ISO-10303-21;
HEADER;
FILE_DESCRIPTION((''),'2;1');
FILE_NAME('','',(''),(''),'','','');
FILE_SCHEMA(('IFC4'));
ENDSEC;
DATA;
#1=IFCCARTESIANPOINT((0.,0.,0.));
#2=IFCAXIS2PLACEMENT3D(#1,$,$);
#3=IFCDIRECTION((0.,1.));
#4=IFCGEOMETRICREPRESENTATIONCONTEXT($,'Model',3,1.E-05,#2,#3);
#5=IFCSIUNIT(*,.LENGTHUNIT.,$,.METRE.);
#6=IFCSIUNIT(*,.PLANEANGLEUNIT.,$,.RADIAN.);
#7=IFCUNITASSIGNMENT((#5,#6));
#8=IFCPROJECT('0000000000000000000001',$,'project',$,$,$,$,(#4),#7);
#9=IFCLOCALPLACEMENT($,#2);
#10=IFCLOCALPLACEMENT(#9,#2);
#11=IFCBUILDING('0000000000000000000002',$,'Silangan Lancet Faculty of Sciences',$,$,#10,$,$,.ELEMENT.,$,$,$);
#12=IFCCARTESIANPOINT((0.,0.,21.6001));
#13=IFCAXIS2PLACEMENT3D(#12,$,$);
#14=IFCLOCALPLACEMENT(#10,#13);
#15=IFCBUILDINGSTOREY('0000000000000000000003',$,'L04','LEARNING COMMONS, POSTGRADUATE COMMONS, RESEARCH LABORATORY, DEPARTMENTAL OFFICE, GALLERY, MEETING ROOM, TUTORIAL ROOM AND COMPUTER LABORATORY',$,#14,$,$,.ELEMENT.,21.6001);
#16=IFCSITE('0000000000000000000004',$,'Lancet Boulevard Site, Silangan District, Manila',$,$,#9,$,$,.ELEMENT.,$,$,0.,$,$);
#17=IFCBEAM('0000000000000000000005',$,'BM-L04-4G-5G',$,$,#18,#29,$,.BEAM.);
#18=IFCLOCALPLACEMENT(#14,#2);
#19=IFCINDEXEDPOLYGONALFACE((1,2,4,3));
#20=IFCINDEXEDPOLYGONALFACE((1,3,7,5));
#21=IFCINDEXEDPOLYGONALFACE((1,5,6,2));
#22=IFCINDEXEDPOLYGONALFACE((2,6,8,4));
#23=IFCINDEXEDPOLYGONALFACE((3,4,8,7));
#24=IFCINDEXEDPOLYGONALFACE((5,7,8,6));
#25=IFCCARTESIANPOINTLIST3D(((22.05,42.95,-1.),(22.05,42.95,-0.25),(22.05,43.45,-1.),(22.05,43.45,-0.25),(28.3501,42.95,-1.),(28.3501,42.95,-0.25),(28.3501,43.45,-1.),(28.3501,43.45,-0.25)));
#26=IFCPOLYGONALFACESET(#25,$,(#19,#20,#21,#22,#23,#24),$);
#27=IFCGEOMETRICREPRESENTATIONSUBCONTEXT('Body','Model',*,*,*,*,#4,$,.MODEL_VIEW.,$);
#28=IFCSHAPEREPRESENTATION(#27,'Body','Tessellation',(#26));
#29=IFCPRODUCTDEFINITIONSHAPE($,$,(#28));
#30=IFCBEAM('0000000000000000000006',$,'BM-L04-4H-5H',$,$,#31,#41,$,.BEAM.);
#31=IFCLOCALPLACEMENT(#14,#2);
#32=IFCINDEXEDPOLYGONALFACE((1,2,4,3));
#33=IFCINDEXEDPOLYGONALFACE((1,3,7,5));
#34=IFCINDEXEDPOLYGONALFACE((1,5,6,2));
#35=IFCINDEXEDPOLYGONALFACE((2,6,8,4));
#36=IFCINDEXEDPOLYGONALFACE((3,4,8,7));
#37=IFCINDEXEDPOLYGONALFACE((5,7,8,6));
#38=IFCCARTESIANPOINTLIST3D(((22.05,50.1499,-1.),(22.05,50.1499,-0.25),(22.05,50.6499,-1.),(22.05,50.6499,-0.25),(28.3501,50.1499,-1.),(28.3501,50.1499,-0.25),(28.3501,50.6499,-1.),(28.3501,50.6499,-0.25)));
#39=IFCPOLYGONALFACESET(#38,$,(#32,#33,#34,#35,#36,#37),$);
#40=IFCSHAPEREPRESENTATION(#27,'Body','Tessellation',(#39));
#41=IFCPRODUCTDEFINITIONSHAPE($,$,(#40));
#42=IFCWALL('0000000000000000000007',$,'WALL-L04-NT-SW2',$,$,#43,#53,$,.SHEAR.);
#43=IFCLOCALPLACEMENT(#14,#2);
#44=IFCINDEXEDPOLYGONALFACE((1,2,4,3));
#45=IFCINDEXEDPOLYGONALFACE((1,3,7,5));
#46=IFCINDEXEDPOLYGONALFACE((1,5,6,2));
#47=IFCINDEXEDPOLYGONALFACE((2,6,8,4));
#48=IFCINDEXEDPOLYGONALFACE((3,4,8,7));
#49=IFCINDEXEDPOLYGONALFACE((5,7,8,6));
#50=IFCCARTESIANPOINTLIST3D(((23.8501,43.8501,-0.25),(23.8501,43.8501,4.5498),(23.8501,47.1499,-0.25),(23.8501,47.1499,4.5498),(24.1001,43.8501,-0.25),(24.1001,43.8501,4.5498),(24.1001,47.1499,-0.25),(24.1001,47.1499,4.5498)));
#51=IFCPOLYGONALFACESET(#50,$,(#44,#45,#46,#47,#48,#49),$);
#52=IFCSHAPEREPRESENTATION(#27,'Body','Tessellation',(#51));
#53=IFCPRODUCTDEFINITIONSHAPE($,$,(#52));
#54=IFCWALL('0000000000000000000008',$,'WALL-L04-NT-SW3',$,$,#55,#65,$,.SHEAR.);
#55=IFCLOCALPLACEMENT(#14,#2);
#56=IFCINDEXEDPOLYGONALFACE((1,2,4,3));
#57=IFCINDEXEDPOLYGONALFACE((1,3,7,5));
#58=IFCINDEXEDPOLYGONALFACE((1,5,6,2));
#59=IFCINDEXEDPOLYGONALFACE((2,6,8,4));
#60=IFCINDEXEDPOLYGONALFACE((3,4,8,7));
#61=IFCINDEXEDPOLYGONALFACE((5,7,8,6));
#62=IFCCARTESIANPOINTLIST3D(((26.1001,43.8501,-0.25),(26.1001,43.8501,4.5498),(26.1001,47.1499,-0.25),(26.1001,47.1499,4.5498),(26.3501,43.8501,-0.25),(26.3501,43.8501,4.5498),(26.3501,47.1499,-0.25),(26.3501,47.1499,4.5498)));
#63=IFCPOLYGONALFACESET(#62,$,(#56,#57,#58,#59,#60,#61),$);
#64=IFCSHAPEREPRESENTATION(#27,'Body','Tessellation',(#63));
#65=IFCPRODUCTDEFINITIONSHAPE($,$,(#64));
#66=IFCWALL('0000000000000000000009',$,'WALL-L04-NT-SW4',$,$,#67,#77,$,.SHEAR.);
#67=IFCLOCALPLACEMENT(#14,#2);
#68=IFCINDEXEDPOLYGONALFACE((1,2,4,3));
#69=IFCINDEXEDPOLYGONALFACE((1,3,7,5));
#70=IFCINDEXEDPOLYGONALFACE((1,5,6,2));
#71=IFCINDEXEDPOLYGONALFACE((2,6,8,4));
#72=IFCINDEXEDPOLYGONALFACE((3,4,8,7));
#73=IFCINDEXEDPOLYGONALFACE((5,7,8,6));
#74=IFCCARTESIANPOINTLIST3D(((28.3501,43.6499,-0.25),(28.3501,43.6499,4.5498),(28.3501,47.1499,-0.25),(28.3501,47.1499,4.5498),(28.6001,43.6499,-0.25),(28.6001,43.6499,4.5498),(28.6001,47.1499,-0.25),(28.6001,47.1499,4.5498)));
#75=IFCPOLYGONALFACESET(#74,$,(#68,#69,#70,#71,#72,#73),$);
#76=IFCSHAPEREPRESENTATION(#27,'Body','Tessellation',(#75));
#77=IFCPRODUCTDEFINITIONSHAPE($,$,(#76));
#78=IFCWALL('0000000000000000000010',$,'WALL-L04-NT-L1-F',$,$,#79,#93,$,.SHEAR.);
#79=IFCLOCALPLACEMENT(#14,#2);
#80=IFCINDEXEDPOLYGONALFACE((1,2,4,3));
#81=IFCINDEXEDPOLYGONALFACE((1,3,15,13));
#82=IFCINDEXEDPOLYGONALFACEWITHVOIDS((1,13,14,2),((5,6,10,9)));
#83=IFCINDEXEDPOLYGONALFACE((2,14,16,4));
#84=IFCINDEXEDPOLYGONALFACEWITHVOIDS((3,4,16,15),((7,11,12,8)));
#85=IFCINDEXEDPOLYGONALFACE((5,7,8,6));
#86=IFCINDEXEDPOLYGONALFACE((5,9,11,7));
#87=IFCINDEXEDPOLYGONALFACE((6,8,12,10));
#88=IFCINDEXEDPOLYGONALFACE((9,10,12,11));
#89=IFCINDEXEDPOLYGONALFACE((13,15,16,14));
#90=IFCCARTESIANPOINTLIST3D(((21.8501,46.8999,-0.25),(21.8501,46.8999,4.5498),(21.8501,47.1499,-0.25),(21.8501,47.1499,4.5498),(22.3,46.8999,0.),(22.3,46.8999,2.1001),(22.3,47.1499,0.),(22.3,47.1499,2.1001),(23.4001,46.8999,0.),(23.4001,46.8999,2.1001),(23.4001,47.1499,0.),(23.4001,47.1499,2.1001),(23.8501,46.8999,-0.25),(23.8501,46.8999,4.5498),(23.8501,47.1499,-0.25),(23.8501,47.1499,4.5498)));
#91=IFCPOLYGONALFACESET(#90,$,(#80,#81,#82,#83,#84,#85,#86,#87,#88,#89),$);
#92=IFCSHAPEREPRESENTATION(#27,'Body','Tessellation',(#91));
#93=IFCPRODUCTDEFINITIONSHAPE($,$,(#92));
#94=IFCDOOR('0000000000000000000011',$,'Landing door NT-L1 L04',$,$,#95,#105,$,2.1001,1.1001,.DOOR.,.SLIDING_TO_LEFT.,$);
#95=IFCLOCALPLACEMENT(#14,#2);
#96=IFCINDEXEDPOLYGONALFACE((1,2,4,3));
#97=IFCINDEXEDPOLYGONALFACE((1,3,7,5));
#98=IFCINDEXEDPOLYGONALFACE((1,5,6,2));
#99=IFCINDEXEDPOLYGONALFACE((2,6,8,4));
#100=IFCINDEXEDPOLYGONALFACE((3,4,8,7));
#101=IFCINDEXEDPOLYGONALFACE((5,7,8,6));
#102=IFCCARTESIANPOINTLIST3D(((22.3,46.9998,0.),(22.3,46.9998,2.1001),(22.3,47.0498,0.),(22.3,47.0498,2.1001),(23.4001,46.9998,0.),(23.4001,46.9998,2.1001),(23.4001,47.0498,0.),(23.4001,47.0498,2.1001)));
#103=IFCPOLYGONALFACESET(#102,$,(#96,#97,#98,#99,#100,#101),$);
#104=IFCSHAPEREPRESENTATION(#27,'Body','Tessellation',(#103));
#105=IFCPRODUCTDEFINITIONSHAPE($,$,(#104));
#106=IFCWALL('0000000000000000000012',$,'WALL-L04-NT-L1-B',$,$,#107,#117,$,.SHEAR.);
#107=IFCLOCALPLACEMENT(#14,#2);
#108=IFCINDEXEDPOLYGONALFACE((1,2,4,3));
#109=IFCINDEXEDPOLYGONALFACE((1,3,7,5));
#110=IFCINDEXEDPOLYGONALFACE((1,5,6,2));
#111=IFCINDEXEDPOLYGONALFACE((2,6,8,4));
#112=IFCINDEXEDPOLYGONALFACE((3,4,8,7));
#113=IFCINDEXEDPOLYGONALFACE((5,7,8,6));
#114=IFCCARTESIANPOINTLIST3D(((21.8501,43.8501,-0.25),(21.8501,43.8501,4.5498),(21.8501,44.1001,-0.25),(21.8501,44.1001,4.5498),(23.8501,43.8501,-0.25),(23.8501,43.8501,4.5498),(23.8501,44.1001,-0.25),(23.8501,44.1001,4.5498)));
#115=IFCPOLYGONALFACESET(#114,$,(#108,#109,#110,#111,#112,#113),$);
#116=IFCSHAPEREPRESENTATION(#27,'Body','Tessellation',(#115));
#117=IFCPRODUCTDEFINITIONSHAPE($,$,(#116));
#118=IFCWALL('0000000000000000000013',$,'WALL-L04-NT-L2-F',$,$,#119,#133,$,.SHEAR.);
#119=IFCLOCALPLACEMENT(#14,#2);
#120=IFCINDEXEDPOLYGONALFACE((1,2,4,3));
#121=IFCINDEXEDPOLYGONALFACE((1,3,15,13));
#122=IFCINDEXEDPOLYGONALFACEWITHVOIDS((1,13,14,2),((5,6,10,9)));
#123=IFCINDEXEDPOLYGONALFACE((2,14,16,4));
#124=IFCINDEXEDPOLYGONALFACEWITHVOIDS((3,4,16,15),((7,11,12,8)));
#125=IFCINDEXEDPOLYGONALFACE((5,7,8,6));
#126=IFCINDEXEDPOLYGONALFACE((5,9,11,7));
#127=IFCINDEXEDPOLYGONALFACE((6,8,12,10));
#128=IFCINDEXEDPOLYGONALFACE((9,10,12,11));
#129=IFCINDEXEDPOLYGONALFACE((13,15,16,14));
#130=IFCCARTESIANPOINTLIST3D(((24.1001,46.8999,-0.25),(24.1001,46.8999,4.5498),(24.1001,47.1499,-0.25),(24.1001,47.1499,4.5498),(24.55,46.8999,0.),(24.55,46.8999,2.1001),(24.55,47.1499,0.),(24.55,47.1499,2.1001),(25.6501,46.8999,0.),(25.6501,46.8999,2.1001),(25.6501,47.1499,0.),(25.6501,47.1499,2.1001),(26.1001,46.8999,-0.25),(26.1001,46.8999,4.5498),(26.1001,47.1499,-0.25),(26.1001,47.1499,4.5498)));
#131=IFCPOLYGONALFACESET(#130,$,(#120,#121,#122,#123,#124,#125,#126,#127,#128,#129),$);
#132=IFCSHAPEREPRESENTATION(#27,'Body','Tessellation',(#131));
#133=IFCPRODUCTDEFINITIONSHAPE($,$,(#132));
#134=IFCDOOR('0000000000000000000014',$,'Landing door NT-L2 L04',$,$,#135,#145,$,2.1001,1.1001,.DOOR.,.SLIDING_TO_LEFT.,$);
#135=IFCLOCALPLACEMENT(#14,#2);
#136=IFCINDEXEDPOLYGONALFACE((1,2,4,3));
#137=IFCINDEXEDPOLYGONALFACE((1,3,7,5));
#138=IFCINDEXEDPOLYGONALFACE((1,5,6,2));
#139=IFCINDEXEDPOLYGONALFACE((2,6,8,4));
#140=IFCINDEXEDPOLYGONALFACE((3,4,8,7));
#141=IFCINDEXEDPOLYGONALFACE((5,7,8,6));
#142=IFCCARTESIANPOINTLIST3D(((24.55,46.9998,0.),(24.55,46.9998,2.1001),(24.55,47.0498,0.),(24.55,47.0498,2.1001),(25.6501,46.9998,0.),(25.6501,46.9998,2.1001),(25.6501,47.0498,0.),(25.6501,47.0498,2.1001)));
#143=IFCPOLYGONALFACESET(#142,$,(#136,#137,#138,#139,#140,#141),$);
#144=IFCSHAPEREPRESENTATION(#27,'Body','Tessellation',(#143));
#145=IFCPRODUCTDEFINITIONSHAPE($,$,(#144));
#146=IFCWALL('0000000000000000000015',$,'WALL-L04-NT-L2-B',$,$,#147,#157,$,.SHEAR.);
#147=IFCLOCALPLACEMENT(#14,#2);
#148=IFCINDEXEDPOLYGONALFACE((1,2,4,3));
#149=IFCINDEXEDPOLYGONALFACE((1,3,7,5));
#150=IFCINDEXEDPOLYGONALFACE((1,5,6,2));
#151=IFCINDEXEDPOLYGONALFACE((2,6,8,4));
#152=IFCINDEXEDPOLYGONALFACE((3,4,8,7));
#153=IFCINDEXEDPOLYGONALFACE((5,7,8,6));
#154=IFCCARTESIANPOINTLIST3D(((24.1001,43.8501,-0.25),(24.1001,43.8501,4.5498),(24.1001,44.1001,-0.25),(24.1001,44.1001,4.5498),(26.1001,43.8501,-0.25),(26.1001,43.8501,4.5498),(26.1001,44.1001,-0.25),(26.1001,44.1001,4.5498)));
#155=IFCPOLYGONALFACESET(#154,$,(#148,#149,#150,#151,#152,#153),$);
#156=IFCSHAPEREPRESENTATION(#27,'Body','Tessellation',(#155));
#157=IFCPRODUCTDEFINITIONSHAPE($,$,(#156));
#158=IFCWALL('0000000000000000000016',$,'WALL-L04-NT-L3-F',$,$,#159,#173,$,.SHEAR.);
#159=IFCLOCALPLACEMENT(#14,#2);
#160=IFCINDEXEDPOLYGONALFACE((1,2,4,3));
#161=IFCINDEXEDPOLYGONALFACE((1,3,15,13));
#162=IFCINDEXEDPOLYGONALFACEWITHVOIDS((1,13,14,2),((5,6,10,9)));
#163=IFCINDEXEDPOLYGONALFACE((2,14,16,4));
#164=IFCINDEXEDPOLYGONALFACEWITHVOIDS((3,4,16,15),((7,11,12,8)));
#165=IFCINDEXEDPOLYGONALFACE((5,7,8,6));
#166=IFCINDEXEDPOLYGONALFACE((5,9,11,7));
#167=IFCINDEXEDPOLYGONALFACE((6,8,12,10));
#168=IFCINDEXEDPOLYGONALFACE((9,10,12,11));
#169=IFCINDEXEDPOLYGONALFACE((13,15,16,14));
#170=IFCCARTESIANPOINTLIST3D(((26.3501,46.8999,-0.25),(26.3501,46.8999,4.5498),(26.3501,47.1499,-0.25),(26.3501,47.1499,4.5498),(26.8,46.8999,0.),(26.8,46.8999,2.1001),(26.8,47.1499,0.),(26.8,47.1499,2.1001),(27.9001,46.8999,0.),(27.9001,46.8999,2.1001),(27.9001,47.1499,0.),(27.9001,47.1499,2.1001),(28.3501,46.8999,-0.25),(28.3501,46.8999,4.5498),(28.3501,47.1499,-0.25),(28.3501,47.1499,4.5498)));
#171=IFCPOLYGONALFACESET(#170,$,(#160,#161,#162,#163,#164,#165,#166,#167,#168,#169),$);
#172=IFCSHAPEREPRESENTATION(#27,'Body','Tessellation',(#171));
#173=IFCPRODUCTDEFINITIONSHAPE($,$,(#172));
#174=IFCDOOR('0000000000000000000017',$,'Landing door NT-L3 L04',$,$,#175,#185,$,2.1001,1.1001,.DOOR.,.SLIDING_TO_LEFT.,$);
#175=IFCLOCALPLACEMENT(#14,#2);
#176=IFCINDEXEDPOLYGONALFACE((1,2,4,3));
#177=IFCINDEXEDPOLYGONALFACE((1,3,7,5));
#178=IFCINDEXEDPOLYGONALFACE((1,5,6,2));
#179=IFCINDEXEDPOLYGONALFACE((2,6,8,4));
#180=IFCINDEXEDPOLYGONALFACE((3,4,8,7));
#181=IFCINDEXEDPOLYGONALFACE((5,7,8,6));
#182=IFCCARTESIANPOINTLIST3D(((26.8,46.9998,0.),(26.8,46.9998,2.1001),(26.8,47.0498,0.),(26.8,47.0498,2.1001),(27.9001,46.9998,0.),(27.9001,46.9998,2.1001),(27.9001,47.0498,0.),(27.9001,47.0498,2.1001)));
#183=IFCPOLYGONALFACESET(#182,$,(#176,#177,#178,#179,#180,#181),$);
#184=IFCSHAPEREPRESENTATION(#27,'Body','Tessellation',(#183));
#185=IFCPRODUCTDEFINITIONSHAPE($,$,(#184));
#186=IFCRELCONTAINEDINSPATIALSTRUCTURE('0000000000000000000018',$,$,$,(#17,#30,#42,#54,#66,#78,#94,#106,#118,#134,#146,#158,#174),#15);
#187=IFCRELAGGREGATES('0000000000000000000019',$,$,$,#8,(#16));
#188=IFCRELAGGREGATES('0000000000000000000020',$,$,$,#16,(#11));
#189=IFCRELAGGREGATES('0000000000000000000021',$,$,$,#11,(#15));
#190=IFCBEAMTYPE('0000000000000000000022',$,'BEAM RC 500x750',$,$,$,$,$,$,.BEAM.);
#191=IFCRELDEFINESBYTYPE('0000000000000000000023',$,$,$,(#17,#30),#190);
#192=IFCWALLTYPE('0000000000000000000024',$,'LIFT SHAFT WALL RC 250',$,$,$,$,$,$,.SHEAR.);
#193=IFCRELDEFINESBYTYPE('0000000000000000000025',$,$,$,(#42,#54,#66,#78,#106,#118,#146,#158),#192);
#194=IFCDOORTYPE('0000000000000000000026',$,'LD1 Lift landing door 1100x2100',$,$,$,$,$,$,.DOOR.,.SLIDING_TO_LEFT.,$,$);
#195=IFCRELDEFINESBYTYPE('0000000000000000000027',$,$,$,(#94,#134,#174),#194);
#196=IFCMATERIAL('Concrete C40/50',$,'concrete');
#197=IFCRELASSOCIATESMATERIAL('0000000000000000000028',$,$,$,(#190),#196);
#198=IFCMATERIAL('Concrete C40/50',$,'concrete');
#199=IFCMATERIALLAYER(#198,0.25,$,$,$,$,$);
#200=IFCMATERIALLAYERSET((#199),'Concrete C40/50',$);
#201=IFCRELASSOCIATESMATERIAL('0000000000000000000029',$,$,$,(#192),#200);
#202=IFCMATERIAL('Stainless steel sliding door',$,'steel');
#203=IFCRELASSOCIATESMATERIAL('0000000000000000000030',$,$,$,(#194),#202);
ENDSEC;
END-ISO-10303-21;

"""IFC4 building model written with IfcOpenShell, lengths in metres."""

from ifc_helpers import new_model, si_unit, direction, frame, frame_2d, origin, origin_2d, place, context, subcontext, project, spatial, rectangle, extrude, material, layer, layer_set, material_profile, profile_set, type_object, element, fill, save


model = new_model("IFC4")

# Units and contexts
model_context = context("Model", 3, precision=1e-05, world=origin(), true_north=direction((0.0, 1.0)))
body_context = subcontext(model_context, "Body", "Model", "MODEL_VIEW")
ifc_project = project(units=[si_unit("LENGTHUNIT", "METRE"), si_unit("PLANEANGLEUNIT", "RADIAN")], contexts=[model_context])

# Site, building, storey
site_placement = place(None, origin())
site = spatial("IfcSite", under=ifc_project, at=site_placement, Name="Lancet Boulevard Site, Silangan District, Manila", CompositionType="ELEMENT", RefElevation=0.0)
building_placement = place(site_placement, origin())
building = spatial("IfcBuilding", under=site, at=building_placement, Name="Silangan Lancet Faculty of Sciences", CompositionType="ELEMENT")
storey_placement = place(building_placement, frame((0.0, 0.0, 21.6001)))
storey = spatial("IfcBuildingStorey", under=building, at=storey_placement, Name="L04", Description="LEARNING COMMONS, POSTGRADUATE COMMONS, RESEARCH LABORATORY, DEPARTMENTAL OFFICE, GALLERY, MEETING ROOM, TUTORIAL ROOM AND COMPUTER LABORATORY", CompositionType="ELEMENT", Elevation=21.6001)

# Beams
ifc_material_1 = material(Name="Concrete C40/50", Category="concrete")
ifc_material_profile = material_profile(ifc_material_1, rectangle(XDim=0.5, YDim=0.75, at=origin_2d()), Name="RC 500x750")
ifc_profile_set = profile_set([ifc_material_profile], Name="Concrete C40/50")
beam_type = type_object("IfcBeamType", Name="BEAM RC 500x750", PredefinedType="BEAM", material=ifc_profile_set)
for number, where, z_axis, x_axis, name in (
    (1, (22.05, 43.2, -0.625), (1.0, 0.0, 0.0), (0.0, 1.0, 0.0), "BM-L04-4G-5G"),
    (2, (22.05, 50.3999, -0.625), (1.0, 0.0, 0.0), (0.0, 1.0, 0.0), "BM-L04-4H-5H"),
):
    element("IfcBeam", number, at=place(storey_placement, frame(where, z_axis=z_axis, x_axis=x_axis)), inside=storey, type_object=beam_type, Name=name, PredefinedType="BEAM", context=body_context, shape_type="SweptSolid", body=[
        extrude(rectangle(XDim=0.5, YDim=0.75, at=origin_2d()), origin(), (0.0, 0.0, 1.0), 6.3),
    ])

# Walls
ifc_material_2 = material(Name="Concrete C40/50", Category="concrete")
ifc_layer_1 = layer(ifc_material_2, 0.25)
ifc_layer_set_1 = layer_set([ifc_layer_1], Name="Concrete C40/50")
wall_type_1 = type_object("IfcWallType", Name="LIFT SHAFT WALL RC 250", PredefinedType="SHEAR", material=ifc_layer_set_1)
for number, where, z_axis, x_axis, name in (
    (3, (23.9751, 43.8501, -0.25), (0.0, 0.0, 1.0), (0.0, 1.0, 0.0), "WALL-L04-NT-SW2"),
    (4, (26.2251, 43.8501, -0.25), (0.0, 0.0, 1.0), (0.0, 1.0, 0.0), "WALL-L04-NT-SW3"),
):
    element("IfcWall", number, at=place(storey_placement, frame(where, z_axis=z_axis, x_axis=x_axis)), inside=storey, type_object=wall_type_1, Name=name, PredefinedType="SHEAR", context=body_context, shape_type="SweptSolid", body=[
        extrude(rectangle(XDim=3.2998, YDim=0.25, at=frame_2d((1.6499, 0.0))), origin(), (0.0, 0.0, 1.0), 4.7998),
    ])
wall_1_placement = place(storey_placement, frame((28.4751, 43.6499, -0.25), z_axis=(0.0, 0.0, 1.0), x_axis=(0.0, 1.0, 0.0)))
element("IfcWall", 5, at=wall_1_placement, inside=storey, type_object=wall_type_1, Name="WALL-L04-NT-SW4", PredefinedType="SHEAR", context=body_context, shape_type="SweptSolid", body=[
    extrude(rectangle(XDim=3.5, YDim=0.25, at=frame_2d((1.75, 0.0))), origin(), (0.0, 0.0, 1.0), 4.7998),
])

# Wall, opening, door
wall_2_placement = place(storey_placement, frame((21.8501, 47.0249, -0.25), z_axis=(0.0, 0.0, 1.0), x_axis=(1.0, 0.0, 0.0)))
wall_2 = element("IfcWall", 6, at=wall_2_placement, inside=storey, type_object=wall_type_1, Name="WALL-L04-NT-L1-F", PredefinedType="SHEAR", context=body_context, shape_type="SweptSolid", body=[
    extrude(rectangle(XDim=2.0, YDim=0.25, at=frame_2d((1.0, 0.0))), origin(), (0.0, 0.0, 1.0), 4.7998),
])
opening_1_placement = place(wall_2_placement, frame((0.45, 0.0, 0.25)))
opening_1 = element("IfcOpeningElement", 7, at=opening_1_placement, cuts=wall_2, PredefinedType="OPENING", context=body_context, shape_type="SweptSolid", body=[
    extrude(rectangle(XDim=1.1001, YDim=2.1001, at=frame_2d((0.55, 1.05))), frame((0.0, 0.135, 0.0), z_axis=(0.0, -1.0, 0.0), x_axis=(1.0, 0.0, 0.0)), (0.0, 0.0, 1.0), 0.27),
])
ifc_material_3 = material(Name="Stainless steel sliding door", Category="steel")
door_type_1 = type_object("IfcDoorType", Name="LD1 Lift landing door 1100x2100", OperationType="SLIDING_TO_LEFT", PredefinedType="DOOR", material=ifc_material_3)
door_1_placement = place(opening_1_placement, origin())
door_1 = element("IfcDoor", 8, at=door_1_placement, inside=storey, type_object=door_type_1, Name="Landing door NT-L1 L04", OperationType="SLIDING_TO_LEFT", OverallHeight=2.1001, OverallWidth=1.1001, PredefinedType="DOOR", context=body_context, shape_type="SweptSolid", body=[
    extrude(rectangle(XDim=1.1001, YDim=2.1001, at=frame_2d((0.55, 1.05))), frame((0.0, 0.0249, 0.0), z_axis=(0.0, -1.0, 0.0), x_axis=(1.0, 0.0, 0.0)), (0.0, 0.0, 1.0), 0.05),
])
fill(opening_1, door_1)

# Wall
wall_3_placement = place(storey_placement, frame((21.8501, 43.9751, -0.25), z_axis=(0.0, 0.0, 1.0), x_axis=(1.0, 0.0, 0.0)))
element("IfcWall", 9, at=wall_3_placement, inside=storey, type_object=wall_type_1, Name="WALL-L04-NT-L1-B", PredefinedType="SHEAR", context=body_context, shape_type="SweptSolid", body=[
    extrude(rectangle(XDim=2.0, YDim=0.25, at=frame_2d((1.0, 0.0))), origin(), (0.0, 0.0, 1.0), 4.7998),
])

# Wall, opening, door
wall_4_placement = place(storey_placement, frame((24.1001, 47.0249, -0.25), z_axis=(0.0, 0.0, 1.0), x_axis=(1.0, 0.0, 0.0)))
wall_4 = element("IfcWall", 10, at=wall_4_placement, inside=storey, type_object=wall_type_1, Name="WALL-L04-NT-L2-F", PredefinedType="SHEAR", context=body_context, shape_type="SweptSolid", body=[
    extrude(rectangle(XDim=2.0, YDim=0.25, at=frame_2d((1.0, 0.0))), origin(), (0.0, 0.0, 1.0), 4.7998),
])
opening_2_placement = place(wall_4_placement, frame((0.45, 0.0, 0.25)))
opening_2 = element("IfcOpeningElement", 11, at=opening_2_placement, cuts=wall_4, PredefinedType="OPENING", context=body_context, shape_type="SweptSolid", body=[
    extrude(rectangle(XDim=1.1001, YDim=2.1001, at=frame_2d((0.55, 1.05))), frame((0.0, 0.135, 0.0), z_axis=(0.0, -1.0, 0.0), x_axis=(1.0, 0.0, 0.0)), (0.0, 0.0, 1.0), 0.27),
])
door_2_placement = place(opening_2_placement, origin())
door_2 = element("IfcDoor", 12, at=door_2_placement, inside=storey, type_object=door_type_1, Name="Landing door NT-L2 L04", OperationType="SLIDING_TO_LEFT", OverallHeight=2.1001, OverallWidth=1.1001, PredefinedType="DOOR", context=body_context, shape_type="SweptSolid", body=[
    extrude(rectangle(XDim=1.1001, YDim=2.1001, at=frame_2d((0.55, 1.05))), frame((0.0, 0.0249, 0.0), z_axis=(0.0, -1.0, 0.0), x_axis=(1.0, 0.0, 0.0)), (0.0, 0.0, 1.0), 0.05),
])
fill(opening_2, door_2)

# Wall
wall_5_placement = place(storey_placement, frame((24.1001, 43.9751, -0.25), z_axis=(0.0, 0.0, 1.0), x_axis=(1.0, 0.0, 0.0)))
element("IfcWall", 13, at=wall_5_placement, inside=storey, type_object=wall_type_1, Name="WALL-L04-NT-L2-B", PredefinedType="SHEAR", context=body_context, shape_type="SweptSolid", body=[
    extrude(rectangle(XDim=2.0, YDim=0.25, at=frame_2d((1.0, 0.0))), origin(), (0.0, 0.0, 1.0), 4.7998),
])

# Wall, opening, door
wall_6_placement = place(storey_placement, frame((26.3501, 47.0249, -0.25), z_axis=(0.0, 0.0, 1.0), x_axis=(1.0, 0.0, 0.0)))
wall_6 = element("IfcWall", 14, at=wall_6_placement, inside=storey, type_object=wall_type_1, Name="WALL-L04-NT-L3-F", PredefinedType="SHEAR", context=body_context, shape_type="SweptSolid", body=[
    extrude(rectangle(XDim=2.0, YDim=0.25, at=frame_2d((1.0, 0.0))), origin(), (0.0, 0.0, 1.0), 4.7998),
])
opening_3_placement = place(wall_6_placement, frame((0.45, 0.0, 0.25)))
opening_3 = element("IfcOpeningElement", 15, at=opening_3_placement, cuts=wall_6, PredefinedType="OPENING", context=body_context, shape_type="SweptSolid", body=[
    extrude(rectangle(XDim=1.1001, YDim=2.1001, at=frame_2d((0.55, 1.05))), frame((0.0, 0.135, 0.0), z_axis=(0.0, -1.0, 0.0), x_axis=(1.0, 0.0, 0.0)), (0.0, 0.0, 1.0), 0.27),
])
door_3_placement = place(opening_3_placement, origin())
door_3 = element("IfcDoor", 16, at=door_3_placement, inside=storey, type_object=door_type_1, Name="Landing door NT-L3 L04", OperationType="SLIDING_TO_LEFT", OverallHeight=2.1001, OverallWidth=1.1001, PredefinedType="DOOR", context=body_context, shape_type="SweptSolid", body=[
    extrude(rectangle(XDim=1.1001, YDim=2.1001, at=frame_2d((0.55, 1.05))), frame((0.0, 0.0249, 0.0), z_axis=(0.0, -1.0, 0.0), x_axis=(1.0, 0.0, 0.0)), (0.0, 0.0, 1.0), 0.05),
])
fill(opening_3, door_3)

save(model, "model.ifc")
